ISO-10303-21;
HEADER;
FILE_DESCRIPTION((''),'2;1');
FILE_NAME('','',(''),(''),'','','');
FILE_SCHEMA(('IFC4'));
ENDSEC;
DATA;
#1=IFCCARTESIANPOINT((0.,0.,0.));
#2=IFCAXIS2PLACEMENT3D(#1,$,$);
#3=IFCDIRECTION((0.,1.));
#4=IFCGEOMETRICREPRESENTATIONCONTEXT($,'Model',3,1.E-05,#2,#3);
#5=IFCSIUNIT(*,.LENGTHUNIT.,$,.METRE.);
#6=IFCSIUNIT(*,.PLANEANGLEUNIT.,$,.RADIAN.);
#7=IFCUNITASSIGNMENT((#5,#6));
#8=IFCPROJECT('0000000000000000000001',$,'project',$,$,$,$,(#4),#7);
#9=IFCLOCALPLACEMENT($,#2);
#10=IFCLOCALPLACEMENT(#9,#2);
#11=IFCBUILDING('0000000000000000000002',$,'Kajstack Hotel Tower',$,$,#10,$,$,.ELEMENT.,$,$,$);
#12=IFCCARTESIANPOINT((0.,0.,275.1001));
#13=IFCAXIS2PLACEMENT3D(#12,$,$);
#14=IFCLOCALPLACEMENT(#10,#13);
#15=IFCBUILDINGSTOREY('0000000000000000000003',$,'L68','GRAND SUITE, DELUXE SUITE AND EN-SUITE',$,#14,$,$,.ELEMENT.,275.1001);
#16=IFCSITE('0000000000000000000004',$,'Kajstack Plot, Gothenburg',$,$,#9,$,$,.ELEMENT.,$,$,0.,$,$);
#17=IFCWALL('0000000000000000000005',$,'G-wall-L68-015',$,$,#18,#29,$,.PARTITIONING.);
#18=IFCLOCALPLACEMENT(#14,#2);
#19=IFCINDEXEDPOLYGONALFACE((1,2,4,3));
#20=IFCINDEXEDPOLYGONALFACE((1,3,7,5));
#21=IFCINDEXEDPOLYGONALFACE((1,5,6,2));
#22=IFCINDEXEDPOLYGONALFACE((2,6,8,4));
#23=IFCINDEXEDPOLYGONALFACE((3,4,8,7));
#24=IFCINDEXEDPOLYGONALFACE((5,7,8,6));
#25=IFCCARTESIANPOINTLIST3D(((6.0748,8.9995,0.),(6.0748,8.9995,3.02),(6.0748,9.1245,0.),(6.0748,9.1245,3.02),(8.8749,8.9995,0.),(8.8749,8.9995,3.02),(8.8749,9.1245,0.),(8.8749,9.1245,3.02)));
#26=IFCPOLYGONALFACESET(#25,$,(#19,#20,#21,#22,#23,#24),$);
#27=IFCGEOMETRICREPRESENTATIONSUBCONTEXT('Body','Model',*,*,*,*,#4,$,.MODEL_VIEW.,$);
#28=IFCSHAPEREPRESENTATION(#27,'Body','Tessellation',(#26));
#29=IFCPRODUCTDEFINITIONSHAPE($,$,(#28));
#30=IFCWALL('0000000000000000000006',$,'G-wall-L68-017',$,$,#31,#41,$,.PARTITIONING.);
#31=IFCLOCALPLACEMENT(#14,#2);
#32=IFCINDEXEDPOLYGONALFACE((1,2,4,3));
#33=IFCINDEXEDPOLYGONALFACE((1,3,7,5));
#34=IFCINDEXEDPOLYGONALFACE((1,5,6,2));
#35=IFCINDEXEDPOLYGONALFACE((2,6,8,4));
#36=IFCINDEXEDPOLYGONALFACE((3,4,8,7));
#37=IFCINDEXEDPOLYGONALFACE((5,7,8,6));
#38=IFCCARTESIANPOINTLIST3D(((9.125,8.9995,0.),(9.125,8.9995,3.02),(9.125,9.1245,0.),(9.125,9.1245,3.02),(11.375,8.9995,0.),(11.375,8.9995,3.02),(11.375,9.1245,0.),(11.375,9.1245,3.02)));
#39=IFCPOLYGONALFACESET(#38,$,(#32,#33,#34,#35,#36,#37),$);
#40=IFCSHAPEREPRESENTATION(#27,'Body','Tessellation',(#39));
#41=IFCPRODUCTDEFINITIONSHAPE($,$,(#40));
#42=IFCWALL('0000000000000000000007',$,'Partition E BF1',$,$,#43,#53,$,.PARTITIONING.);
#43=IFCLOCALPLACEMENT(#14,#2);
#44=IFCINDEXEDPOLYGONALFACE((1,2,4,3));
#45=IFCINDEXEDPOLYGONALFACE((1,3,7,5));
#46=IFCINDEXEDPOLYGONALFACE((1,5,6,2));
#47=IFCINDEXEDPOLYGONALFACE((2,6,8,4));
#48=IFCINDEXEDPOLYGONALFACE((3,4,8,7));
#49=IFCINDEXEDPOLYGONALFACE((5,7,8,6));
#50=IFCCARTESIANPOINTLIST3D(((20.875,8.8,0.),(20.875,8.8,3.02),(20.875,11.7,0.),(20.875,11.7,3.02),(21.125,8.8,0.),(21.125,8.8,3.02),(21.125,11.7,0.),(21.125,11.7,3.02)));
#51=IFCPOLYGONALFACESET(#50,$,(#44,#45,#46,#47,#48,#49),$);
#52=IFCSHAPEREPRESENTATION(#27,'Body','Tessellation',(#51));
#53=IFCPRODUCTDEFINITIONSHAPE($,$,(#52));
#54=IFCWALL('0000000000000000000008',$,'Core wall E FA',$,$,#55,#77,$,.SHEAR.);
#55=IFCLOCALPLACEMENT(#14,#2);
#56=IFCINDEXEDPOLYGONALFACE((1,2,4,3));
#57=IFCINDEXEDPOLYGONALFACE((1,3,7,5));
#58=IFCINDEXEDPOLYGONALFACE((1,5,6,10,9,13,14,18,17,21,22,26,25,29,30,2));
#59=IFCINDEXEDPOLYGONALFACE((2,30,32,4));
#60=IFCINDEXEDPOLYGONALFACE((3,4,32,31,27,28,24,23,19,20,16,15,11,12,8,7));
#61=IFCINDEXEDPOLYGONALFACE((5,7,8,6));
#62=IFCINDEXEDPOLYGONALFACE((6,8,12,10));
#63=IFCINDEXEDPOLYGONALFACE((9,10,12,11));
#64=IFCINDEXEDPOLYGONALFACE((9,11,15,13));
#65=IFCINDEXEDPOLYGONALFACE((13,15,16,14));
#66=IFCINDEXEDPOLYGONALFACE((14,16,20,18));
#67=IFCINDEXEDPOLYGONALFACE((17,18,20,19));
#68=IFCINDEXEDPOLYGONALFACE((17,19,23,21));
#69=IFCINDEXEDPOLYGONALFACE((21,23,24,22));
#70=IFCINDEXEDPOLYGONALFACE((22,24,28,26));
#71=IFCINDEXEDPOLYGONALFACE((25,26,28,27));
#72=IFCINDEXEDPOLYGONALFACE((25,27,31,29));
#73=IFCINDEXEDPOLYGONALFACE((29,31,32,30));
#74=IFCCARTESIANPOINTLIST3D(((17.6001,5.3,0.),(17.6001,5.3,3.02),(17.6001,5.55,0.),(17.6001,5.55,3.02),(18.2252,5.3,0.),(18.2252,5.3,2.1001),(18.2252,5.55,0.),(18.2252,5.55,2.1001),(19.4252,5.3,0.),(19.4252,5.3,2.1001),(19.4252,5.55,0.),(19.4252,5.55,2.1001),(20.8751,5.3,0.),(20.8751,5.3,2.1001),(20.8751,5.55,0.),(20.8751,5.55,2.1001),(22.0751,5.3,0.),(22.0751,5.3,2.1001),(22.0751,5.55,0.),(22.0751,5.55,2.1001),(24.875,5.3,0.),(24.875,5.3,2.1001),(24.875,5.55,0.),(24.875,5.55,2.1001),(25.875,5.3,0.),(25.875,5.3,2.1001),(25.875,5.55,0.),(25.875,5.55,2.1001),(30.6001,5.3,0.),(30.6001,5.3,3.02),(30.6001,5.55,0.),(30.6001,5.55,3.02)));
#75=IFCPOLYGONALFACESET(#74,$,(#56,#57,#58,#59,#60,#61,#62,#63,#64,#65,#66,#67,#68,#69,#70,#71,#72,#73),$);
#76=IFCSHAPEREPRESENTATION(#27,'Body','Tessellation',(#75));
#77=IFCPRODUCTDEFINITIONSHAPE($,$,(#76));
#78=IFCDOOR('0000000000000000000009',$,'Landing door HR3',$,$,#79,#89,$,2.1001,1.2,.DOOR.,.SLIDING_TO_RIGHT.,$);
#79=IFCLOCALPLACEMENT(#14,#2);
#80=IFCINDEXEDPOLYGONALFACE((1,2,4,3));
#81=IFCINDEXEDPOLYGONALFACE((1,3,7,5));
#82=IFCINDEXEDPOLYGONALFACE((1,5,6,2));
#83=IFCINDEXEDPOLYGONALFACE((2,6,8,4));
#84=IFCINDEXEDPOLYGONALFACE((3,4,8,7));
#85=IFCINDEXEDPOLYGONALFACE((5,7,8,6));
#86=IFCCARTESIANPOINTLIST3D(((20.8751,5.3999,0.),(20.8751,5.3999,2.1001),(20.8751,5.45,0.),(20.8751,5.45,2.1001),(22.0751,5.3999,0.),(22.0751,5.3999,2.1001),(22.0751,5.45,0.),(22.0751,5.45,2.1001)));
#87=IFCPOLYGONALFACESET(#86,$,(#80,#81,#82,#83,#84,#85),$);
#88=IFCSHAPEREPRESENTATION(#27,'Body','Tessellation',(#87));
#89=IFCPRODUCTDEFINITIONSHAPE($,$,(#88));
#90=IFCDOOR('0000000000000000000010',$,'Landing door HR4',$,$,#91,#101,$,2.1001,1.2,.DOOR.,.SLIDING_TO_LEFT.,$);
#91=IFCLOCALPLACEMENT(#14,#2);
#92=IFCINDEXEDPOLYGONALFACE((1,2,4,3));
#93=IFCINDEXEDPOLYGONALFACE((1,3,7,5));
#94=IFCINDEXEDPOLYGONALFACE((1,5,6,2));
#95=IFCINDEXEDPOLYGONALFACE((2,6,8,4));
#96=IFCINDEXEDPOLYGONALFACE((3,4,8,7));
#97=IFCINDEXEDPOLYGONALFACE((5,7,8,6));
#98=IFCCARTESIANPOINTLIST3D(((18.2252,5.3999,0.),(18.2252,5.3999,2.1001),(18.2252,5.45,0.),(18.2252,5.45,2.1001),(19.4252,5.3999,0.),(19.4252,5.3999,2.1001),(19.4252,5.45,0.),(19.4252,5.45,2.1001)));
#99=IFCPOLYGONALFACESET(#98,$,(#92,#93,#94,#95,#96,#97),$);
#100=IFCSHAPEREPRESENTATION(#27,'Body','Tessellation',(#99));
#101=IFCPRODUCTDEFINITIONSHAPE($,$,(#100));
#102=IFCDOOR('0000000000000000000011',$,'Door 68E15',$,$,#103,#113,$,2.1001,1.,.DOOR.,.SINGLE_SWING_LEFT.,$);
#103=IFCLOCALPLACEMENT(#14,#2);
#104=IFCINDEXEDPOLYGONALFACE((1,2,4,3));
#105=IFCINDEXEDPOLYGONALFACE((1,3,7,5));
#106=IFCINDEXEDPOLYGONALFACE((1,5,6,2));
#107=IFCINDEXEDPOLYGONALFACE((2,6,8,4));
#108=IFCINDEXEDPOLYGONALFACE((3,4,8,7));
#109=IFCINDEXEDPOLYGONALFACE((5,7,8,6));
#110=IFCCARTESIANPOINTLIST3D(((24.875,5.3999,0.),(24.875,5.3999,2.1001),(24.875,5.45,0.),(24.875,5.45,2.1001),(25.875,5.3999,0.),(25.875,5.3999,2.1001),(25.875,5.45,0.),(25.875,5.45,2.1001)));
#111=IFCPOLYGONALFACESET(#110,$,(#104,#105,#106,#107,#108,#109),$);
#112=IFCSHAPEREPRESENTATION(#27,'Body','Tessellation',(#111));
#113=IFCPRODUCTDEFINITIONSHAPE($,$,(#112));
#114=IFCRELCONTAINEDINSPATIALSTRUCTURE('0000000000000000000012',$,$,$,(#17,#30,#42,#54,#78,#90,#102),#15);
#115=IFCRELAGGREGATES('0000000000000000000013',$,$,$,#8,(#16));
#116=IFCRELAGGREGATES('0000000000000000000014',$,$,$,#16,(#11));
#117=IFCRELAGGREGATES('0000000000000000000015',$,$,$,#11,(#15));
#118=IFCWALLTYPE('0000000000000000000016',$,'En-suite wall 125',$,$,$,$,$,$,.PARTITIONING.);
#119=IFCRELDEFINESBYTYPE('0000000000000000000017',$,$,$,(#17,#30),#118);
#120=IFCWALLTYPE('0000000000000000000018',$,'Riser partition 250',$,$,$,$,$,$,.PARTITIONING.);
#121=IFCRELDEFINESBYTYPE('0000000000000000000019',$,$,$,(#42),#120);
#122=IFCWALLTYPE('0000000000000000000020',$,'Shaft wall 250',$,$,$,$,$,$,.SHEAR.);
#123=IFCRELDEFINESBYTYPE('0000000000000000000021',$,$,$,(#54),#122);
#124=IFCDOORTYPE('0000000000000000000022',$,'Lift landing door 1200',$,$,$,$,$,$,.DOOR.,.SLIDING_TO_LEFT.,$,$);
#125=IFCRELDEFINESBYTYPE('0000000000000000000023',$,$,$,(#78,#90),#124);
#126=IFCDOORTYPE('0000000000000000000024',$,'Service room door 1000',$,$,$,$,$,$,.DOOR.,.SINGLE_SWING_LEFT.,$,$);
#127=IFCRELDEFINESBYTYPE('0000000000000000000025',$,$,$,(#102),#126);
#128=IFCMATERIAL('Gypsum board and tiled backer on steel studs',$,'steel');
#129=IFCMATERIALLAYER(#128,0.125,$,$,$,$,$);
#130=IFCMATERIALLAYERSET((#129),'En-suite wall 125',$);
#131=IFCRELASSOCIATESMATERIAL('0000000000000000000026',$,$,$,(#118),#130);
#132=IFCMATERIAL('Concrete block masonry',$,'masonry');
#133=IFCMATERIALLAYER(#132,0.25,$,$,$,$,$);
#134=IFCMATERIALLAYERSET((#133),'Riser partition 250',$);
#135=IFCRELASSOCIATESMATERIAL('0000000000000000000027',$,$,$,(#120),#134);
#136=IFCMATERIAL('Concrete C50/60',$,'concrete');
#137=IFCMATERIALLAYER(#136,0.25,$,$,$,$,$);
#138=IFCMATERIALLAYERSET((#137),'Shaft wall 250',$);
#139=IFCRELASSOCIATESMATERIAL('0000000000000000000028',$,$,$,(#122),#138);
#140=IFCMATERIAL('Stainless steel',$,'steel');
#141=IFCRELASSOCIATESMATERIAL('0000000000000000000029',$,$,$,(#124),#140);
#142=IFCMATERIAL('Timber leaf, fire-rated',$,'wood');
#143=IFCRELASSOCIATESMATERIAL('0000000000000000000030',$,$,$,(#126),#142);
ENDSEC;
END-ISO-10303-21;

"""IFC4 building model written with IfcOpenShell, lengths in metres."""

from ifc_helpers import new_model, si_unit, direction, frame, frame_2d, origin, place, context, subcontext, project, spatial, rectangle, extrude, material, layer, layer_set, type_object, element, fill, save


model = new_model("IFC4")

# Units and contexts
model_context = context("Model", 3, precision=1e-05, world=origin(), true_north=direction((0.0, 1.0)))
body_context = subcontext(model_context, "Body", "Model", "MODEL_VIEW")
ifc_project = project(units=[si_unit("LENGTHUNIT", "METRE"), si_unit("PLANEANGLEUNIT", "RADIAN")], contexts=[model_context])

# Site, building, storey
site_placement = place(None, origin())
site = spatial("IfcSite", under=ifc_project, at=site_placement, Name="Kajstack Plot, Gothenburg", CompositionType="ELEMENT", RefElevation=0.0)
building_placement = place(site_placement, origin())
building = spatial("IfcBuilding", under=site, at=building_placement, Name="Kajstack Hotel Tower", CompositionType="ELEMENT")
storey_placement = place(building_placement, frame((0.0, 0.0, 275.1001)))
storey = spatial("IfcBuildingStorey", under=building, at=storey_placement, Name="L68", Description="GRAND SUITE, DELUXE SUITE AND EN-SUITE", CompositionType="ELEMENT", Elevation=275.1001)

# Walls
ifc_material_1 = material(Name="Gypsum board and tiled backer on steel studs", Category="steel")
ifc_layer_1 = layer(ifc_material_1, 0.125)
ifc_layer_set_1 = layer_set([ifc_layer_1], Name="En-suite wall 125")
wall_type_1 = type_object("IfcWallType", Name="En-suite wall 125", PredefinedType="PARTITIONING", material=ifc_layer_set_1)
wall_1_placement = place(storey_placement, frame((6.075, 9.062, 0.0), z_axis=(0.0, 0.0, 1.0), x_axis=(1.0, 0.0, 0.0)))
element("IfcWall", 1, at=wall_1_placement, inside=storey, type_object=wall_type_1, Name="G-wall-L68-015", PredefinedType="PARTITIONING", context=body_context, shape_type="SweptSolid", body=[
    extrude(rectangle(XDim=2.8, YDim=0.125, at=frame_2d((1.3999, 0.0))), origin(), (0.0, 0.0, 1.0), 3.02),
])
wall_2_placement = place(storey_placement, frame((9.125, 9.062, 0.0), z_axis=(0.0, 0.0, 1.0), x_axis=(1.0, 0.0, 0.0)))
element("IfcWall", 2, at=wall_2_placement, inside=storey, type_object=wall_type_1, Name="G-wall-L68-017", PredefinedType="PARTITIONING", context=body_context, shape_type="SweptSolid", body=[
    extrude(rectangle(XDim=2.25, YDim=0.125, at=frame_2d((1.125, 0.0))), origin(), (0.0, 0.0, 1.0), 3.02),
])
ifc_material_2 = material(Name="Concrete block masonry", Category="masonry")
ifc_layer_2 = layer(ifc_material_2, 0.25)
ifc_layer_set_2 = layer_set([ifc_layer_2], Name="Riser partition 250")
wall_type_2 = type_object("IfcWallType", Name="Riser partition 250", PredefinedType="PARTITIONING", material=ifc_layer_set_2)
wall_3_placement = place(storey_placement, frame((21.0, 8.8, 0.0), z_axis=(0.0, 0.0, 1.0), x_axis=(0.0, 1.0, 0.0)))
element("IfcWall", 3, at=wall_3_placement, inside=storey, type_object=wall_type_2, Name="Partition E BF1", PredefinedType="PARTITIONING", context=body_context, shape_type="SweptSolid", body=[
    extrude(rectangle(XDim=2.8999, YDim=0.25, at=frame_2d((1.45, 0.0))), origin(), (0.0, 0.0, 1.0), 3.02),
])

# Wall, openings, doors
ifc_material_3 = material(Name="Concrete C50/60", Category="concrete")
ifc_layer_3 = layer(ifc_material_3, 0.25)
ifc_layer_set_3 = layer_set([ifc_layer_3], Name="Shaft wall 250")
wall_type_3 = type_object("IfcWallType", Name="Shaft wall 250", PredefinedType="SHEAR", material=ifc_layer_set_3)
wall_4_placement = place(storey_placement, frame((17.6001, 5.425, 0.0), z_axis=(0.0, 0.0, 1.0), x_axis=(1.0, 0.0, 0.0)))
wall_4 = element("IfcWall", 4, at=wall_4_placement, inside=storey, type_object=wall_type_3, Name="Core wall E FA", PredefinedType="SHEAR", context=body_context, shape_type="SweptSolid", body=[
    extrude(rectangle(XDim=13.0, YDim=0.25, at=frame_2d((6.5, 0.0))), origin(), (0.0, 0.0, 1.0), 3.02),
])
opening_1_placement = place(wall_4_placement, frame((3.2749, 0.0, 0.0)))
opening_1 = element("IfcOpeningElement", 5, at=opening_1_placement, cuts=wall_4, PredefinedType="OPENING", context=body_context, shape_type="SweptSolid", body=[
    extrude(rectangle(XDim=1.2, YDim=2.1001, at=frame_2d((0.6001, 1.05))), frame((0.0, 0.135, 0.0), z_axis=(0.0, -1.0, 0.0), x_axis=(1.0, 0.0, 0.0)), (0.0, 0.0, 1.0), 0.27),
])
opening_2_placement = place(wall_4_placement, frame((0.625, 0.0, 0.0)))
opening_2 = element("IfcOpeningElement", 6, at=opening_2_placement, cuts=wall_4, PredefinedType="OPENING", context=body_context, shape_type="SweptSolid", body=[
    extrude(rectangle(XDim=1.2, YDim=2.1001, at=frame_2d((0.6001, 1.05))), frame((0.0, 0.135, 0.0), z_axis=(0.0, -1.0, 0.0), x_axis=(1.0, 0.0, 0.0)), (0.0, 0.0, 1.0), 0.27),
])
opening_3_placement = place(wall_4_placement, frame((7.2749, 0.0, 0.0)))
opening_3 = element("IfcOpeningElement", 7, at=opening_3_placement, cuts=wall_4, PredefinedType="OPENING", context=body_context, shape_type="SweptSolid", body=[
    extrude(rectangle(XDim=1.0, YDim=2.1001, at=frame_2d((0.5, 1.05))), frame((0.0, 0.135, 0.0), z_axis=(0.0, -1.0, 0.0), x_axis=(1.0, 0.0, 0.0)), (0.0, 0.0, 1.0), 0.27),
])
ifc_material_4 = material(Name="Stainless steel", Category="steel")
door_type_1 = type_object("IfcDoorType", Name="Lift landing door 1200", OperationType="SLIDING_TO_LEFT", PredefinedType="DOOR", material=ifc_material_4)
door_1_placement = place(opening_1_placement, origin())
door_1 = element("IfcDoor", 8, at=door_1_placement, inside=storey, type_object=door_type_1, Name="Landing door HR3", OperationType="SLIDING_TO_RIGHT", OverallHeight=2.1001, OverallWidth=1.2, PredefinedType="DOOR", context=body_context, shape_type="SweptSolid", body=[
    extrude(rectangle(XDim=1.2, YDim=2.1001, at=frame_2d((0.6001, 1.05))), frame((0.0, 0.0249, 0.0), z_axis=(0.0, -1.0, 0.0), x_axis=(1.0, 0.0, 0.0)), (0.0, 0.0, 1.0), 0.05),
])
fill(opening_1, door_1)
door_2_placement = place(opening_2_placement, origin())
door_2 = element("IfcDoor", 9, at=door_2_placement, inside=storey, type_object=door_type_1, Name="Landing door HR4", OperationType="SLIDING_TO_LEFT", OverallHeight=2.1001, OverallWidth=1.2, PredefinedType="DOOR", context=body_context, shape_type="SweptSolid", body=[
    extrude(rectangle(XDim=1.2, YDim=2.1001, at=frame_2d((0.6001, 1.05))), frame((0.0, 0.0249, 0.0), z_axis=(0.0, -1.0, 0.0), x_axis=(1.0, 0.0, 0.0)), (0.0, 0.0, 1.0), 0.05),
])
fill(opening_2, door_2)
ifc_material_5 = material(Name="Timber leaf, fire-rated", Category="wood")
door_type_2 = type_object("IfcDoorType", Name="Service room door 1000", OperationType="SINGLE_SWING_LEFT", PredefinedType="DOOR", material=ifc_material_5)
door_3_placement = place(opening_3_placement, origin())
door_3 = element("IfcDoor", 10, at=door_3_placement, inside=storey, type_object=door_type_2, Name="Door 68E15", OperationType="SINGLE_SWING_LEFT", OverallHeight=2.1001, OverallWidth=1.0, PredefinedType="DOOR", context=body_context, shape_type="SweptSolid", body=[
    extrude(rectangle(XDim=1.0, YDim=2.1001, at=frame_2d((0.5, 1.05))), frame((0.0, 0.0249, 0.0), z_axis=(0.0, -1.0, 0.0), x_axis=(1.0, 0.0, 0.0)), (0.0, 0.0, 1.0), 0.05),
])
fill(opening_3, door_3)

save(model, "model.ifc")
